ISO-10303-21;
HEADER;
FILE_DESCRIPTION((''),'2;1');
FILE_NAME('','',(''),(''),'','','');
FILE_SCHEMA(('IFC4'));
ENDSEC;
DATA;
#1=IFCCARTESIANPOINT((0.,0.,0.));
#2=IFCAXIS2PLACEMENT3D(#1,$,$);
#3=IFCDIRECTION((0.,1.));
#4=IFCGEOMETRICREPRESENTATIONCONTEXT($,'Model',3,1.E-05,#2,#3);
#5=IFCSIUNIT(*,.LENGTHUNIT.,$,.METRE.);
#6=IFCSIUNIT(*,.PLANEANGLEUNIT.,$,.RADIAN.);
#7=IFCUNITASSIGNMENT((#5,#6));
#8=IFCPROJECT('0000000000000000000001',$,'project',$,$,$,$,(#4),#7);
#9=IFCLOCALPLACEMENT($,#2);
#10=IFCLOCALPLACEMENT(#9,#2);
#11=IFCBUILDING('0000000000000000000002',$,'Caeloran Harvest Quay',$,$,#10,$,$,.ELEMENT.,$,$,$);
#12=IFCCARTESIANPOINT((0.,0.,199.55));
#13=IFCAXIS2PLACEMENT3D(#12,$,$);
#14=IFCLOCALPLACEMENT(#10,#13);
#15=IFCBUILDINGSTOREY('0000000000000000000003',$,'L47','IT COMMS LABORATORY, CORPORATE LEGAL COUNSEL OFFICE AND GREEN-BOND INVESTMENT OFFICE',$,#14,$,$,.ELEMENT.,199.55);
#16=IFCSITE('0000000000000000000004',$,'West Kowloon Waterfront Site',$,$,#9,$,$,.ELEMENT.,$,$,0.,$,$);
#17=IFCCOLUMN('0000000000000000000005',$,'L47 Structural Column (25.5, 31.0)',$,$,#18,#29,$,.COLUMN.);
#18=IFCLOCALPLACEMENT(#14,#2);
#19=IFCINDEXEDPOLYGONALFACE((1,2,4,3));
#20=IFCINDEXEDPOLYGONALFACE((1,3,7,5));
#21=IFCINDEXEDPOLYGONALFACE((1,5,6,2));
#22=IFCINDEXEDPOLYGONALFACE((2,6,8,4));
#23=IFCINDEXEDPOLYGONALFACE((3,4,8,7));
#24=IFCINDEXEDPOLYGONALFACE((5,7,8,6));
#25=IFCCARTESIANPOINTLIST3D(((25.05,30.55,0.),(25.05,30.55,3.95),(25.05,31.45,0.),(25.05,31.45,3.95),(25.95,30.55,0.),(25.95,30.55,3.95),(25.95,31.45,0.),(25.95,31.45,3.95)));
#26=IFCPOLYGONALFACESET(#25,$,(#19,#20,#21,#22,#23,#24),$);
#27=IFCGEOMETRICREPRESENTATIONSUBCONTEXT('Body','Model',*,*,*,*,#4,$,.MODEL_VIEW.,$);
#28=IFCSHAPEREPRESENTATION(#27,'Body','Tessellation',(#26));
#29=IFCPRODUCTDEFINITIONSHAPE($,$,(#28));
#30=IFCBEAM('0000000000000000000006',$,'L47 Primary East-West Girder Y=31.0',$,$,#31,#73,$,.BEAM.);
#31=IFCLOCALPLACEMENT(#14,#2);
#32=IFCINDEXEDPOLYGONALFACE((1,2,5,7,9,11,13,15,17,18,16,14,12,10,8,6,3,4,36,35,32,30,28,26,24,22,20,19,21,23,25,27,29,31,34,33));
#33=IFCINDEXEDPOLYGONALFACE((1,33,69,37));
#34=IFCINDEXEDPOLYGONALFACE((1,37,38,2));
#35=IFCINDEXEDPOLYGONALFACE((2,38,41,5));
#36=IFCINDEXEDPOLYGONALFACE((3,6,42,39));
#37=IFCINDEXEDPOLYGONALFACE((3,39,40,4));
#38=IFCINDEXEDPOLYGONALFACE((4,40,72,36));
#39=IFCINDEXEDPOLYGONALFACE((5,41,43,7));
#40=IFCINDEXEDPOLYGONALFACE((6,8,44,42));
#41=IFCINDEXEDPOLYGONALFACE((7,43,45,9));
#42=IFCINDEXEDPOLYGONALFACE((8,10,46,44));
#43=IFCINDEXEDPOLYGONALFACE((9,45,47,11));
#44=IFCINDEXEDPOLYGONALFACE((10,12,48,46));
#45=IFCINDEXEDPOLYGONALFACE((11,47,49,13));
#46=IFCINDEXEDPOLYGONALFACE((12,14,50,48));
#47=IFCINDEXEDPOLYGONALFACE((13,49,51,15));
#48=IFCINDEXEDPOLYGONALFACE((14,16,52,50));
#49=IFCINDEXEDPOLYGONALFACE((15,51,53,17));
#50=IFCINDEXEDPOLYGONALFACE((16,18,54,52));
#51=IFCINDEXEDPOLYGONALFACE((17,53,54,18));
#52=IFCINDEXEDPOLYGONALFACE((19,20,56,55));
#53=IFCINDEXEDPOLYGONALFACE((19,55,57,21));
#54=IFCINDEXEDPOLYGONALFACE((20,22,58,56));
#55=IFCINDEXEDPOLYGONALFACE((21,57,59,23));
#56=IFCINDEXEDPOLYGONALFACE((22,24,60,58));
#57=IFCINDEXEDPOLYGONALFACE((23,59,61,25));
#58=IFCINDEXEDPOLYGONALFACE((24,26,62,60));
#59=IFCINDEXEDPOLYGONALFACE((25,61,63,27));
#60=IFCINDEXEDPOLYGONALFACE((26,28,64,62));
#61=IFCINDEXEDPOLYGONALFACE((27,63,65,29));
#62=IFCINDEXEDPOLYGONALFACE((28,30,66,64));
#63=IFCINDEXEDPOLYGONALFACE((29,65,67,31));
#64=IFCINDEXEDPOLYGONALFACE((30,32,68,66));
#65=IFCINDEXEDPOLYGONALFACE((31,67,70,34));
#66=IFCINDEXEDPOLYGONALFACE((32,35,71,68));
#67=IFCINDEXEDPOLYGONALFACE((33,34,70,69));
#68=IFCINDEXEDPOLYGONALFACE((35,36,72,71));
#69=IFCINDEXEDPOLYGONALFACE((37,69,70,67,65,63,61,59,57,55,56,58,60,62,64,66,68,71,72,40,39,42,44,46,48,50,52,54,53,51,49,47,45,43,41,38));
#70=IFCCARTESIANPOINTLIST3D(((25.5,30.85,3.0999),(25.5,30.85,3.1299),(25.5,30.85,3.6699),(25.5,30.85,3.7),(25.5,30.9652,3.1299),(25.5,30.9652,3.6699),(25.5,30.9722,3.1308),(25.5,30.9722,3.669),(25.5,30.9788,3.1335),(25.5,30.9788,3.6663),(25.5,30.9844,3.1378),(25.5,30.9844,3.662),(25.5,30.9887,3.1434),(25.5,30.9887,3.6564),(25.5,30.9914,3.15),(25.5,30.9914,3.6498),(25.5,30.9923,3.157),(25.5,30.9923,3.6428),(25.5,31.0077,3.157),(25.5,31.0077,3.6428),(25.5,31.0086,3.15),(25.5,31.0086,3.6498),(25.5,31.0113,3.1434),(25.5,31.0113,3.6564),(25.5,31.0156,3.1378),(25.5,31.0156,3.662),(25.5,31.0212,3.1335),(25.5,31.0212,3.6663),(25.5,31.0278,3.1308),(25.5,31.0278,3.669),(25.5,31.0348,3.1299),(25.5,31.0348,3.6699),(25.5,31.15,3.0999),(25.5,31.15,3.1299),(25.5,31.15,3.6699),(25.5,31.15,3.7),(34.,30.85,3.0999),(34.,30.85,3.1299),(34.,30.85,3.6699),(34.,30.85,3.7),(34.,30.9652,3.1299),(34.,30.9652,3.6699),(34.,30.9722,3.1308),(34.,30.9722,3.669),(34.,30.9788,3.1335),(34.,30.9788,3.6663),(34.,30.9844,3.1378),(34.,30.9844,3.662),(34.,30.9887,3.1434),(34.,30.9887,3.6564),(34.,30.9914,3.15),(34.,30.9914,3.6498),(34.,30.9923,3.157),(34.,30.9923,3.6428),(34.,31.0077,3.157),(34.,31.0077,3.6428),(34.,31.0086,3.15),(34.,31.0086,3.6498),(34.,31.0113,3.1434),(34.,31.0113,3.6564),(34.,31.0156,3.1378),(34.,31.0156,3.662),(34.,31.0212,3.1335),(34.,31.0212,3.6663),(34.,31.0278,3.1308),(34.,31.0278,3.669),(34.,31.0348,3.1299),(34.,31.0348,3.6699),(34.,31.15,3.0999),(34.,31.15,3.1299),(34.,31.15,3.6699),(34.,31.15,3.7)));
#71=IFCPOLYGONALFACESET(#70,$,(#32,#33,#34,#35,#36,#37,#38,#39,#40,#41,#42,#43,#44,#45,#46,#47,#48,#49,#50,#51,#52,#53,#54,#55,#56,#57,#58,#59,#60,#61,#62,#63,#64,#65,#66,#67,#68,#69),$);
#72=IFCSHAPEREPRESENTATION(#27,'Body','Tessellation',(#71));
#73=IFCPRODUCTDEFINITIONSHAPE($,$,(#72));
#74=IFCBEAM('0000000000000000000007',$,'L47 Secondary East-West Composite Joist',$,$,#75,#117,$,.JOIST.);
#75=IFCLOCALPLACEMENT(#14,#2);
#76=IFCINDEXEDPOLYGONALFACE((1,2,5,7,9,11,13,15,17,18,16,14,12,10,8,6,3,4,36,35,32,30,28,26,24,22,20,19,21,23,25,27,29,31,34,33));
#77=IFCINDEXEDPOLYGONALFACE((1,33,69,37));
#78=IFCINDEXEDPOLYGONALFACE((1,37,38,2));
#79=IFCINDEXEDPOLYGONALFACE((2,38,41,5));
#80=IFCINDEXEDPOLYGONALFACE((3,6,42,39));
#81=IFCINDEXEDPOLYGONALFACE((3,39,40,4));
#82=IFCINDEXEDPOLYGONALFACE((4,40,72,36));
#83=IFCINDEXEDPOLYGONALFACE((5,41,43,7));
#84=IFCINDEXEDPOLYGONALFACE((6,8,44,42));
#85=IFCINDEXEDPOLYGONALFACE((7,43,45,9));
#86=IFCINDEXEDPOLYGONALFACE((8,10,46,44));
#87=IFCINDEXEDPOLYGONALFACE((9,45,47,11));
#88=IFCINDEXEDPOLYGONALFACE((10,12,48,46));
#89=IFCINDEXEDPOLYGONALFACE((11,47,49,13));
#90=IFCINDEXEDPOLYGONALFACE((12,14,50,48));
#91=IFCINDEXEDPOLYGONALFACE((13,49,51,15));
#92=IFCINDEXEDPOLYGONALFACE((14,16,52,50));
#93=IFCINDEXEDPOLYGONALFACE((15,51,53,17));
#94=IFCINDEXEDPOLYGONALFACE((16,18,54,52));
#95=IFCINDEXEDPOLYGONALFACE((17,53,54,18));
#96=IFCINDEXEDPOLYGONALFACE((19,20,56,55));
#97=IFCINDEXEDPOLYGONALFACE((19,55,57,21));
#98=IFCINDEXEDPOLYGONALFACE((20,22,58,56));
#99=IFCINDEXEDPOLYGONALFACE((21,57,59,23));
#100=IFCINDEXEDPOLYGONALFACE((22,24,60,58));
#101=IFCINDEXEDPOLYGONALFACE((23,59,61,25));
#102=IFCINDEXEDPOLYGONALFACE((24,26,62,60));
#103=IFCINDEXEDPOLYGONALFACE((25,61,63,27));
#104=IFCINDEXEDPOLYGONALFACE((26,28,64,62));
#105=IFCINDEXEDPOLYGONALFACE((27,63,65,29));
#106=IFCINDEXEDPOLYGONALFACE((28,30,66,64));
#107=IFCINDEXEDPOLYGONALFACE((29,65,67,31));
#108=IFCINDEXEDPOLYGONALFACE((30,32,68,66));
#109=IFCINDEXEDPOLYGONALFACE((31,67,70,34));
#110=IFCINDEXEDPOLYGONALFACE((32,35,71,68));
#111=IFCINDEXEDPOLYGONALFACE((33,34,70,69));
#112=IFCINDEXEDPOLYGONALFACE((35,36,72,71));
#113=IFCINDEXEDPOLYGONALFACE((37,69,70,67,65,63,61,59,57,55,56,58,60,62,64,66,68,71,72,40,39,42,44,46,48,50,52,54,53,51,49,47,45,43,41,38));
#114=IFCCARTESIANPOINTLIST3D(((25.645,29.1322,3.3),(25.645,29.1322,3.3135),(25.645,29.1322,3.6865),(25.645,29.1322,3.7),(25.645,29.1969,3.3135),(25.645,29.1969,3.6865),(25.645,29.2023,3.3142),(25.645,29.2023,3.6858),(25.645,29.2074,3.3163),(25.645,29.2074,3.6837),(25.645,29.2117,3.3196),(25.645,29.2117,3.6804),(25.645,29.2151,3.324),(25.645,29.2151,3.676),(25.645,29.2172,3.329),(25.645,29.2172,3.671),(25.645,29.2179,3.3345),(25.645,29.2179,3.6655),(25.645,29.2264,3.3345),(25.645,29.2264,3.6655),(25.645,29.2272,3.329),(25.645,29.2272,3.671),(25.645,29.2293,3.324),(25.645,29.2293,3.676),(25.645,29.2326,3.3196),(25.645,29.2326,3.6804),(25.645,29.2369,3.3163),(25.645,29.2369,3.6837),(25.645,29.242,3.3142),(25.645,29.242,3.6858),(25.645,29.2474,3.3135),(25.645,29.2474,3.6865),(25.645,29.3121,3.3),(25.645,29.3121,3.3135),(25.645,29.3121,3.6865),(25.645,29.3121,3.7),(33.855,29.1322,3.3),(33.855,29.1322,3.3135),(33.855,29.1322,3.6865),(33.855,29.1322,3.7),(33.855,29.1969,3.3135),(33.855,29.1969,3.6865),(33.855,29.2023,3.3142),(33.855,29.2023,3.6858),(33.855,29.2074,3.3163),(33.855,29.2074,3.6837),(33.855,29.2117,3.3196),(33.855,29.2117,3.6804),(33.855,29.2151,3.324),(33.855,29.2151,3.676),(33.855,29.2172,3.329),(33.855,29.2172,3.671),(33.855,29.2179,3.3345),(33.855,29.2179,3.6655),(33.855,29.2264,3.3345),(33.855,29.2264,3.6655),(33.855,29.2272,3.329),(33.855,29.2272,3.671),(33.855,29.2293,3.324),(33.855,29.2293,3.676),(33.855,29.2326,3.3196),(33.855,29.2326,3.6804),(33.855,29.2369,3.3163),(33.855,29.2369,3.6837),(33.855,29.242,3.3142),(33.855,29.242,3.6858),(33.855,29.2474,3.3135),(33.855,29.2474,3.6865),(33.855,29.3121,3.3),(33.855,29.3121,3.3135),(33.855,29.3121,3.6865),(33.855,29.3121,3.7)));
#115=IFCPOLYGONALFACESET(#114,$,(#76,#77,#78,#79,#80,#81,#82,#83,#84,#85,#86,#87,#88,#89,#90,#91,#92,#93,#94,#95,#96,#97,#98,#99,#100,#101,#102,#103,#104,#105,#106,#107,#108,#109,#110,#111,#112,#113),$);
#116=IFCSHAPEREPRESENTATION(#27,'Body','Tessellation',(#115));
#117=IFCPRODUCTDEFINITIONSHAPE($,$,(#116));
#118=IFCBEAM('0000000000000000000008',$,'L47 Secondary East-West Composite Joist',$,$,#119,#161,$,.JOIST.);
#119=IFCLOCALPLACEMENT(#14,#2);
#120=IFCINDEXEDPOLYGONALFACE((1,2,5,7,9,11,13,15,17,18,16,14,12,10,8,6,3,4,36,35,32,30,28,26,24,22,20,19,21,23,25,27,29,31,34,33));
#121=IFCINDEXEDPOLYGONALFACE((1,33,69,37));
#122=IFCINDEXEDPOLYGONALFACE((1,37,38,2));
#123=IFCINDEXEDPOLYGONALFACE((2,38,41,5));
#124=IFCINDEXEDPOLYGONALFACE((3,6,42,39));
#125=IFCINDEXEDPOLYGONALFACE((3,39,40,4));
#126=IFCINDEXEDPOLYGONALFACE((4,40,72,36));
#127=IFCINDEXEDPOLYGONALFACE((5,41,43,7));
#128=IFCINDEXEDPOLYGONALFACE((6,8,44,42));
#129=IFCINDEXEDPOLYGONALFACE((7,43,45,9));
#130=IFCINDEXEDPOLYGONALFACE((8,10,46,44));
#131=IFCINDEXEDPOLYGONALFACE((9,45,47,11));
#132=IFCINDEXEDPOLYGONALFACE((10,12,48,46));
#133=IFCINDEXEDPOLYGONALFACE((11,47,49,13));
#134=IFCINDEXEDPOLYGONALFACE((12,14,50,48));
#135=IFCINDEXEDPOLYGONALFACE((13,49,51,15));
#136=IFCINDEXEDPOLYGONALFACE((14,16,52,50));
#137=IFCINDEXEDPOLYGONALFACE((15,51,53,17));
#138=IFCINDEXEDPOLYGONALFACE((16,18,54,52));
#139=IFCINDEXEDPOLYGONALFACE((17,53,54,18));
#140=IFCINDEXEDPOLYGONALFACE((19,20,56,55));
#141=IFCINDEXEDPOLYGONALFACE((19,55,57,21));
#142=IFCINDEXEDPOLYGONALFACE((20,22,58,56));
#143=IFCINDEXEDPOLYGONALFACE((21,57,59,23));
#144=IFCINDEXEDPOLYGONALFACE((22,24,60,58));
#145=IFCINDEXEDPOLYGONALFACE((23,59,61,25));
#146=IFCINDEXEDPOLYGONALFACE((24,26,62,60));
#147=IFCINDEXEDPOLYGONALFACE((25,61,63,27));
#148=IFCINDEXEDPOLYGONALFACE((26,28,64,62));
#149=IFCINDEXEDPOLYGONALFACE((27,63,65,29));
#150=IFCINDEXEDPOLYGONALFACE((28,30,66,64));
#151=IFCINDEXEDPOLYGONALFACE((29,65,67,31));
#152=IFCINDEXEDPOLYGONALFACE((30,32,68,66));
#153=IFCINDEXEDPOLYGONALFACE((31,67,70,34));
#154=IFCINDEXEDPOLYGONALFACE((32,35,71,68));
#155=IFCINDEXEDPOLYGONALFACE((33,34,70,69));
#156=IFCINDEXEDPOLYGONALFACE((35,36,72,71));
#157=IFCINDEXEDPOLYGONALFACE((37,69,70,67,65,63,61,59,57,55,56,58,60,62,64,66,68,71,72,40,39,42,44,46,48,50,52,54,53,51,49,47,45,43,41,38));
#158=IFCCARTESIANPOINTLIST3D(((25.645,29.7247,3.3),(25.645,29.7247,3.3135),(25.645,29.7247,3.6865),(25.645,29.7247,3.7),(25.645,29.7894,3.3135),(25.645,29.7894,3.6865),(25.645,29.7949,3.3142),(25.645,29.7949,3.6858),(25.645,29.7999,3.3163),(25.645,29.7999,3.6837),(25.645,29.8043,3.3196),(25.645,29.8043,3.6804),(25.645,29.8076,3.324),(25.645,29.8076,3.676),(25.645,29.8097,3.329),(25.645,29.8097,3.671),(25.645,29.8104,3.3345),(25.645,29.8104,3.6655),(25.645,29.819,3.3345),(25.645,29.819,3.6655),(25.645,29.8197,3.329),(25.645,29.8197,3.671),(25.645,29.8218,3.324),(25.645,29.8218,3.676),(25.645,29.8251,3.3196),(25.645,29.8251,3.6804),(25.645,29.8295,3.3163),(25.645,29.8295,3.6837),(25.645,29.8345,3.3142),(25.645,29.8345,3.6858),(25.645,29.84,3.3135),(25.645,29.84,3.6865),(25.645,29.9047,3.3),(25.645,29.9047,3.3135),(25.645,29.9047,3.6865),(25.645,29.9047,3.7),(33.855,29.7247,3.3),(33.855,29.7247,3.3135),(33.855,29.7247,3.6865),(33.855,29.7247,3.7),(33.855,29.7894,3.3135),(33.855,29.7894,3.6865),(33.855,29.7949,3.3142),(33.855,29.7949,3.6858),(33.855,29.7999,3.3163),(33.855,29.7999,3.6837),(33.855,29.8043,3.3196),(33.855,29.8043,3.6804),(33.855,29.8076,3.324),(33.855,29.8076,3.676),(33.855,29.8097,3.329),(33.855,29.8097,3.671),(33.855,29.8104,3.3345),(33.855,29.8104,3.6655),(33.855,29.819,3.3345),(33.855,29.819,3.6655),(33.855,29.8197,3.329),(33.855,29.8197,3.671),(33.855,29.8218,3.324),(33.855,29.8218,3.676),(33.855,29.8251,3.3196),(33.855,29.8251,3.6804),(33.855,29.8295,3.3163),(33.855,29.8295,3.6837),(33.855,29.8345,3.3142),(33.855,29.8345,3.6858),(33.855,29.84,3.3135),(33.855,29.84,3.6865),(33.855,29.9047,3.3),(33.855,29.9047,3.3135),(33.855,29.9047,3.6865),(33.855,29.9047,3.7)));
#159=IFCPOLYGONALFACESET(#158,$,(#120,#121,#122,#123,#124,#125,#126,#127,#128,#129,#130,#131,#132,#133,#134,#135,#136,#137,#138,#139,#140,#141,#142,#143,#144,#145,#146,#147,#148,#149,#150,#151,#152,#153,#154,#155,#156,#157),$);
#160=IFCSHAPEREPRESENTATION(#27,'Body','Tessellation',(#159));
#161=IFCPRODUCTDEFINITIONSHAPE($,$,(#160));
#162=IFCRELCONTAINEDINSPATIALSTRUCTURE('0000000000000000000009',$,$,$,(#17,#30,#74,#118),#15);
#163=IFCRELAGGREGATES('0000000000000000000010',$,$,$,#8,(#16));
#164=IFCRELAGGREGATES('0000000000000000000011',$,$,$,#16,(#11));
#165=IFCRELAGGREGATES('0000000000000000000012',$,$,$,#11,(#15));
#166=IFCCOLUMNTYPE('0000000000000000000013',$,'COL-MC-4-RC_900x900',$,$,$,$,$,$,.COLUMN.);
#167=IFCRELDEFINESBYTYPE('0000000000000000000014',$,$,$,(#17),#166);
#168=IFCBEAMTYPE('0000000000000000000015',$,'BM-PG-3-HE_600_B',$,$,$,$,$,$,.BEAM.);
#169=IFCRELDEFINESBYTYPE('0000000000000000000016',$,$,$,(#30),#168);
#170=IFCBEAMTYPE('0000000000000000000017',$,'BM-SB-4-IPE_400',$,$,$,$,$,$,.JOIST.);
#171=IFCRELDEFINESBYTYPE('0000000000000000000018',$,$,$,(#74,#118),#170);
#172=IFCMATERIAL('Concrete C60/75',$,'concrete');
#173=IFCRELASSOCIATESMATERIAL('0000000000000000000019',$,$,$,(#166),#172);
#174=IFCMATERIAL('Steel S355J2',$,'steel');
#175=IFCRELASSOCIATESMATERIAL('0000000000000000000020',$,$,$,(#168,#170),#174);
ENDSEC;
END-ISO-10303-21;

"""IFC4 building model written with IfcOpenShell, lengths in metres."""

from ifc_helpers import new_model, si_unit, direction, frame, origin, origin_2d, place, context, subcontext, project, spatial, rectangle, i_section, extrude, material, material_profile, profile_set, type_object, element, save


model = new_model("IFC4")

# Units and contexts
model_context = context("Model", 3, precision=1e-05, world=origin(), true_north=direction((0.0, 1.0)))
body_context = subcontext(model_context, "Body", "Model", "MODEL_VIEW")
ifc_project = project(units=[si_unit("LENGTHUNIT", "METRE"), si_unit("PLANEANGLEUNIT", "RADIAN")], contexts=[model_context])

# Site, building, storey
site_placement = place(None, origin())
site = spatial("IfcSite", under=ifc_project, at=site_placement, Name="West Kowloon Waterfront Site", CompositionType="ELEMENT", RefElevation=0.0)
building_placement = place(site_placement, origin())
building = spatial("IfcBuilding", under=site, at=building_placement, Name="Caeloran Harvest Quay", CompositionType="ELEMENT")
storey_placement = place(building_placement, frame((0.0, 0.0, 199.55)))
storey = spatial("IfcBuildingStorey", under=building, at=storey_placement, Name="L47", Description="IT COMMS LABORATORY, CORPORATE LEGAL COUNSEL OFFICE AND GREEN-BOND INVESTMENT OFFICE", CompositionType="ELEMENT", Elevation=199.55)

# Column
ifc_material_1 = material(Name="Concrete C60/75", Category="concrete")
ifc_material_profile_1 = material_profile(ifc_material_1, rectangle(XDim=0.8999, YDim=0.8999, at=origin_2d()), Name="RC 900x900")
ifc_profile_set_1 = profile_set([ifc_material_profile_1], Name="Concrete C60/75")
column_type = type_object("IfcColumnType", Name="COL-MC-4-RC_900x900", PredefinedType="COLUMN", material=ifc_profile_set_1)
column_placement = place(storey_placement, frame((25.5, 31.0, 0.0), z_axis=(0.0, 0.0, 1.0), x_axis=(1.0, 0.0, 0.0)))
element("IfcColumn", 1, at=column_placement, inside=storey, type_object=column_type, Name="L47 Structural Column (25.5, 31.0)", PredefinedType="COLUMN", context=body_context, shape_type="SweptSolid", body=[
    extrude(rectangle(XDim=0.8999, YDim=0.8999, at=origin_2d()), origin(), (0.0, 0.0, 1.0), 3.95),
])

# Beams
ifc_material_2 = material(Name="Steel S355J2", Category="steel")
ifc_material_profile_2 = material_profile(ifc_material_2, i_section(OverallWidth=0.3, OverallDepth=0.6001, WebThickness=0.0154, FlangeThickness=0.03, FilletRadius=0.0271, at=origin_2d()), Name="HE 600 B")
ifc_profile_set_2 = profile_set([ifc_material_profile_2], Name="Steel S355J2")
beam_type_1 = type_object("IfcBeamType", Name="BM-PG-3-HE_600_B", PredefinedType="BEAM", material=ifc_profile_set_2)
beam_placement = place(storey_placement, frame((25.5, 31.0, 3.3999), z_axis=(1.0, 0.0, 0.0), x_axis=(0.0, 1.0, 0.0)))
element("IfcBeam", 2, at=beam_placement, inside=storey, type_object=beam_type_1, Name="L47 Primary East-West Girder Y=31.0", PredefinedType="BEAM", context=body_context, shape_type="SweptSolid", body=[
    extrude(i_section(OverallWidth=0.3, OverallDepth=0.6001, WebThickness=0.0154, FlangeThickness=0.03, FilletRadius=0.0271, at=origin_2d()), origin(), (0.0, 0.0, 1.0), 8.5),
])
ifc_material_profile_3 = material_profile(ifc_material_2, i_section(OverallWidth=0.1799, OverallDepth=0.3999, WebThickness=0.0085, FlangeThickness=0.0134, FilletRadius=0.021, at=origin_2d()), Name="IPE 400")
ifc_profile_set_3 = profile_set([ifc_material_profile_3], Name="Steel S355J2")
beam_type_2 = type_object("IfcBeamType", Name="BM-SB-4-IPE_400", PredefinedType="JOIST", material=ifc_profile_set_3)
for number, where, z_axis, x_axis, name in (
    (3, (25.645, 29.2222, 3.5), (1.0, 0.0, 0.0), (0.0, 1.0, 0.0), "L47 Secondary East-West Composite Joist"),
    (4, (25.645, 29.8147, 3.5), (1.0, 0.0, 0.0), (0.0, 1.0, 0.0), "L47 Secondary East-West Composite Joist"),
):
    element("IfcBeam", number, at=place(storey_placement, frame(where, z_axis=z_axis, x_axis=x_axis)), inside=storey, type_object=beam_type_2, Name=name, PredefinedType="JOIST", context=body_context, shape_type="SweptSolid", body=[
        extrude(i_section(OverallWidth=0.1799, OverallDepth=0.3999, WebThickness=0.0085, FlangeThickness=0.0134, FilletRadius=0.021, at=origin_2d()), origin(), (0.0, 0.0, 1.0), 8.21),
    ])

save(model, "model.ifc")
